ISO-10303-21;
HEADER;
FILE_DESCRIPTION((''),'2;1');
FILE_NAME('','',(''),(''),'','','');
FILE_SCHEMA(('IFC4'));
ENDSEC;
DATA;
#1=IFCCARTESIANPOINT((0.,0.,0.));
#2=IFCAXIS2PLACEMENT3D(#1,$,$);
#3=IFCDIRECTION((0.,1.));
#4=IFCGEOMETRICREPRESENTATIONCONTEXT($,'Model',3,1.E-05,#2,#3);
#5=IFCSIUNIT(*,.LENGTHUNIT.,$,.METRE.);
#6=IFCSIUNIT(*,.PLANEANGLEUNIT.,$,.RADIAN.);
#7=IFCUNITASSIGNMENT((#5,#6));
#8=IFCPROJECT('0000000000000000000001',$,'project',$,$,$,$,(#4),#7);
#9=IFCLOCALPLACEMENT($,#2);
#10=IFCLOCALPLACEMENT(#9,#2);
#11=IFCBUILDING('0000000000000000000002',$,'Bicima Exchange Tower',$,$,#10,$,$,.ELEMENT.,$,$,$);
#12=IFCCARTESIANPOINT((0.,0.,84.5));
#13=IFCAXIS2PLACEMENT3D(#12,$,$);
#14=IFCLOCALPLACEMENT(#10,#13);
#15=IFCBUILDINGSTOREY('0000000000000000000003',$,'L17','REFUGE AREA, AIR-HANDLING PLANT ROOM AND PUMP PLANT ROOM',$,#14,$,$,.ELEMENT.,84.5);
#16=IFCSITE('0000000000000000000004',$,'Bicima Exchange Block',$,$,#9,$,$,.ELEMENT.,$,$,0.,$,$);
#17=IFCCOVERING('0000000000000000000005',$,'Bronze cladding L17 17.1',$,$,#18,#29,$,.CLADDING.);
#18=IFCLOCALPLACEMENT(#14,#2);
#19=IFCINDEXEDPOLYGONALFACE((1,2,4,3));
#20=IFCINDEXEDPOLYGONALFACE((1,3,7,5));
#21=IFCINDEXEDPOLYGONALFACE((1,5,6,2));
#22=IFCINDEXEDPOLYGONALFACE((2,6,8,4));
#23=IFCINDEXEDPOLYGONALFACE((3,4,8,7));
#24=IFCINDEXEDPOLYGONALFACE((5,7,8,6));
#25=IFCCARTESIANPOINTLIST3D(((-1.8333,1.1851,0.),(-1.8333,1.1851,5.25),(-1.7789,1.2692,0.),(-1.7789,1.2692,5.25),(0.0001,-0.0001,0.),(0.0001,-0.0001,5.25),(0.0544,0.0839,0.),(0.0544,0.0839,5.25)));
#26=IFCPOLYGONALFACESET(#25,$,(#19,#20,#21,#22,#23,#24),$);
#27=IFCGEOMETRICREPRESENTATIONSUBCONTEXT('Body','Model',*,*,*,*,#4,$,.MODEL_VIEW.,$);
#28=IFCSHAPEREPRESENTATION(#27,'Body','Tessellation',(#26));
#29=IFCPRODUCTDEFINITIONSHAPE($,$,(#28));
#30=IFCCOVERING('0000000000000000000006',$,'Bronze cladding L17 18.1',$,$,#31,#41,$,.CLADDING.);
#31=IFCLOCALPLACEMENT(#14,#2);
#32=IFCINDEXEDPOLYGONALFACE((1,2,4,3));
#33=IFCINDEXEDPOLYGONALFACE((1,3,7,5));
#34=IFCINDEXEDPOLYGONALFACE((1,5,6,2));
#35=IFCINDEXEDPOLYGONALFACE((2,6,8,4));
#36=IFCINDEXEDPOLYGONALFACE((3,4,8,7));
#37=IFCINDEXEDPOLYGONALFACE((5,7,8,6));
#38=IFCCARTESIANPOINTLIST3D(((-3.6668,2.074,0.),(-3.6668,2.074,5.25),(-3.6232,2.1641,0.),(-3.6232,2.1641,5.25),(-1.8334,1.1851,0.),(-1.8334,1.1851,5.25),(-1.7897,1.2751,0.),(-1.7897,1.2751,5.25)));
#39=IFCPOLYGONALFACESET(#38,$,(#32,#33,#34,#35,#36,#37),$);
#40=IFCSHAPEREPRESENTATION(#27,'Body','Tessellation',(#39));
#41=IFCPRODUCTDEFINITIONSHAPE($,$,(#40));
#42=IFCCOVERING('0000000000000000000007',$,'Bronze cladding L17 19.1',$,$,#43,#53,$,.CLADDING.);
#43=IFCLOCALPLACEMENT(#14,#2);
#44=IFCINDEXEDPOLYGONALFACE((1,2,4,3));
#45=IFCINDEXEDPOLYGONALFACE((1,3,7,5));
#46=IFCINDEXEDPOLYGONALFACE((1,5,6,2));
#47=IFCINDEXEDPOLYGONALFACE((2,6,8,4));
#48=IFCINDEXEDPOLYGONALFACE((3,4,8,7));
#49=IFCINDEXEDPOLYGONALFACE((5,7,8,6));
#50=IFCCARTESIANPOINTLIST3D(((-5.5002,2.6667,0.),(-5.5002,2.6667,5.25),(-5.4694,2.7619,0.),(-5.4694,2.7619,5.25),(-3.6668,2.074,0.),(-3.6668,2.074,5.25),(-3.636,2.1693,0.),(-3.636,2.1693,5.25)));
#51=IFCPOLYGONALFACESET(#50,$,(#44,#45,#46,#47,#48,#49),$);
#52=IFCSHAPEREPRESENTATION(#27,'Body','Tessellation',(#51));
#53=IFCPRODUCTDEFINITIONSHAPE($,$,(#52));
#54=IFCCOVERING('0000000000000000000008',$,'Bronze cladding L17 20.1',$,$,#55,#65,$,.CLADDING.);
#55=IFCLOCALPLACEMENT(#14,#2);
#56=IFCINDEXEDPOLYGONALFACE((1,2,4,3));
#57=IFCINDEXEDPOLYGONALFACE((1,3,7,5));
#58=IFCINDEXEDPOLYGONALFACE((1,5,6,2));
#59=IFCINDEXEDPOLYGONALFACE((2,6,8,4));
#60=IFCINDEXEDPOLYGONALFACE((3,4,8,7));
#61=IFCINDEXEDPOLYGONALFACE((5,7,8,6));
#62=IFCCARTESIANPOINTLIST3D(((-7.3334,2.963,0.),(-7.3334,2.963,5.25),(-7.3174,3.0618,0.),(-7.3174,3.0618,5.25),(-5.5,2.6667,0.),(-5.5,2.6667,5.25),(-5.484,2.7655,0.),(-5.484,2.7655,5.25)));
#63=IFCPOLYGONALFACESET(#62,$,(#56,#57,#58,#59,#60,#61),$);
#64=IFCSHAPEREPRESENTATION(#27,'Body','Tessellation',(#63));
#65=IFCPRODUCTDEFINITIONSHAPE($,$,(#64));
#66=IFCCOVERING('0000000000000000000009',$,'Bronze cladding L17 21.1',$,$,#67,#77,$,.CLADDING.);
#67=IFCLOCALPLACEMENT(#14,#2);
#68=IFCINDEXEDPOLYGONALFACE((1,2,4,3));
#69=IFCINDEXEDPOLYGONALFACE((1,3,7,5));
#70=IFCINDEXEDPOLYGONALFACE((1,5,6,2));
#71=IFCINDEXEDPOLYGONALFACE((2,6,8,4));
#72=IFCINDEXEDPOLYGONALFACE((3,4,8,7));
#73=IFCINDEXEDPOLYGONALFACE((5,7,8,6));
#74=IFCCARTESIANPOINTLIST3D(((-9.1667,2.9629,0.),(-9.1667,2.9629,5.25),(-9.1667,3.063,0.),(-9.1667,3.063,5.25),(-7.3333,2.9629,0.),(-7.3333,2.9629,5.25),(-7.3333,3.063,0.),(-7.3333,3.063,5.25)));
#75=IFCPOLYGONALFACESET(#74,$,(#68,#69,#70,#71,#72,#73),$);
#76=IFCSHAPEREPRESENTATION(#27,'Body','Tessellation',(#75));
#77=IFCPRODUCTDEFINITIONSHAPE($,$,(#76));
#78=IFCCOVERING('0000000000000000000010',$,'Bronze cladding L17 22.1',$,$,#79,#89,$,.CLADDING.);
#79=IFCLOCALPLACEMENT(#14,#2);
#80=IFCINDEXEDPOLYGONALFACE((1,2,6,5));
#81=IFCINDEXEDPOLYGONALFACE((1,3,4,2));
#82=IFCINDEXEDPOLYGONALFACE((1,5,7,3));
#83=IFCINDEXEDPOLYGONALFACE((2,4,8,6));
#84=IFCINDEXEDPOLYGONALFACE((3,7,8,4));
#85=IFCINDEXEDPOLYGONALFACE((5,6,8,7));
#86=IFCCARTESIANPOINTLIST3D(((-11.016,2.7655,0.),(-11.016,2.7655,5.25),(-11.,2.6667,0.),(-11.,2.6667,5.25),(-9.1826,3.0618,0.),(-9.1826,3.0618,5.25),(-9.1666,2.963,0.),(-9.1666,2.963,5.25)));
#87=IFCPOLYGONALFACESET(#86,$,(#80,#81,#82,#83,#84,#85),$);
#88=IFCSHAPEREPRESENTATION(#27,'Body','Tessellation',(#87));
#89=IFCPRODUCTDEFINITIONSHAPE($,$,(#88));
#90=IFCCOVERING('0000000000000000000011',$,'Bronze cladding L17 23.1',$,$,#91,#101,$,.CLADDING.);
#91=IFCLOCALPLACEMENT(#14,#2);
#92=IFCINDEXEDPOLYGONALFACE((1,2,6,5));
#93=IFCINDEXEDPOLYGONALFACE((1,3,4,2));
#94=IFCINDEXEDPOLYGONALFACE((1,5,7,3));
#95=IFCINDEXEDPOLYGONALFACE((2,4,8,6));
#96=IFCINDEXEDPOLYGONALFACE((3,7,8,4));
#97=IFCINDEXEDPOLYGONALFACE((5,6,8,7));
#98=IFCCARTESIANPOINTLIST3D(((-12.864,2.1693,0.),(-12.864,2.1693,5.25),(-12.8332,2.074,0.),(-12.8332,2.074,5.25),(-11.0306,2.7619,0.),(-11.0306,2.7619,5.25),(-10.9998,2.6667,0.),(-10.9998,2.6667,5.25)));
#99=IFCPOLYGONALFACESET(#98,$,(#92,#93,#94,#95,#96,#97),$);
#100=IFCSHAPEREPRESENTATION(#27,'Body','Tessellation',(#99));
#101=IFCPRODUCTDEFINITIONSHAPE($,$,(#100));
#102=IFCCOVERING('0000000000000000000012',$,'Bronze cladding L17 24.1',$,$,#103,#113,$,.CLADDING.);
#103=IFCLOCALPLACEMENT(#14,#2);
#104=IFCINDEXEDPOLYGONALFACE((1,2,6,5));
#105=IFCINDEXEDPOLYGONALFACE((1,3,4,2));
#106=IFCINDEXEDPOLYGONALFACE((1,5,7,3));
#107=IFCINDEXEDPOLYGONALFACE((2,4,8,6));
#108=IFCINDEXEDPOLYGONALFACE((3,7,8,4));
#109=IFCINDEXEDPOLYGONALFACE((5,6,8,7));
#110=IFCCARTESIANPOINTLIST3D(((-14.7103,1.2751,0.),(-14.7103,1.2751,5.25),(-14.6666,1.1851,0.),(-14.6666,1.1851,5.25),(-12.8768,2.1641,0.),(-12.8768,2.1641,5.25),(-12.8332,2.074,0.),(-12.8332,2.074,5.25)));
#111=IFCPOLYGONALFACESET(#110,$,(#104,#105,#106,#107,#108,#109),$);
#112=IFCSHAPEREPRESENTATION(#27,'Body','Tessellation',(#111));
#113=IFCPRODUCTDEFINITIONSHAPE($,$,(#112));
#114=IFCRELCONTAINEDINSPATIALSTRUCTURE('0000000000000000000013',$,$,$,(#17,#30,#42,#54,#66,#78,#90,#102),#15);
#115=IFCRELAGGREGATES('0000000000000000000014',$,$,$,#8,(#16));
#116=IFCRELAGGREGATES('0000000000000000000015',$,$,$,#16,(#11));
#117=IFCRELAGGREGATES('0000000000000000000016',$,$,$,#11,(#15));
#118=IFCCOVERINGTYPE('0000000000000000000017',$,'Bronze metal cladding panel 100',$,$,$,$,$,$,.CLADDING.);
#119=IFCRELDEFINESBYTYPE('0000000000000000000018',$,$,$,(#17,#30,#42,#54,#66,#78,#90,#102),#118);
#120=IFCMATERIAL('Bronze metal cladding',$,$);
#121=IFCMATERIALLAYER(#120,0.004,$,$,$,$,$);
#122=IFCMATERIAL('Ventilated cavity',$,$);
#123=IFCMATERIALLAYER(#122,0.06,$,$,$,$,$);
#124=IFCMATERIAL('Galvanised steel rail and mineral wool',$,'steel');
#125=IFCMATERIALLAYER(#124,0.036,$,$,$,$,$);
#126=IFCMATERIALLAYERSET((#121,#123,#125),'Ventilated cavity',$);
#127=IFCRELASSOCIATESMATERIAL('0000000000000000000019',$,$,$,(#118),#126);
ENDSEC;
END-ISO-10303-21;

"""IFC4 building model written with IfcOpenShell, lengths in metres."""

from ifc_helpers import new_model, si_unit, direction, frame, origin, origin_2d, place, context, subcontext, project, spatial, rectangle, extrude, material, layer, layer_set, type_object, element, save


model = new_model("IFC4")

# Units and contexts
model_context = context("Model", 3, precision=1e-05, world=origin(), true_north=direction((0.0, 1.0)))
body_context = subcontext(model_context, "Body", "Model", "MODEL_VIEW")
ifc_project = project(units=[si_unit("LENGTHUNIT", "METRE"), si_unit("PLANEANGLEUNIT", "RADIAN")], contexts=[model_context])

# Site, building, storey
site_placement = place(None, origin())
site = spatial("IfcSite", under=ifc_project, at=site_placement, Name="Bicima Exchange Block", CompositionType="ELEMENT", RefElevation=0.0)
building_placement = place(site_placement, origin())
building = spatial("IfcBuilding", under=site, at=building_placement, Name="Bicima Exchange Tower", CompositionType="ELEMENT")
storey_placement = place(building_placement, frame((0.0, 0.0, 84.5)))
storey = spatial("IfcBuildingStorey", under=building, at=storey_placement, Name="L17", Description="REFUGE AREA, AIR-HANDLING PLANT ROOM AND PUMP PLANT ROOM", CompositionType="ELEMENT", Elevation=84.5)

# Coverings
ifc_material_1 = material(Name="Bronze metal cladding")
ifc_layer_1 = layer(ifc_material_1, 0.004)
ifc_material_2 = material(Name="Ventilated cavity")
ifc_layer_2 = layer(ifc_material_2, 0.06)
ifc_material_3 = material(Name="Galvanised steel rail and mineral wool", Category="steel")
ifc_layer_3 = layer(ifc_material_3, 0.036)
ifc_layer_set_1 = layer_set([ifc_layer_1, ifc_layer_2, ifc_layer_3], Name="Ventilated cavity")
covering_type = type_object("IfcCoveringType", Name="Bronze metal cladding panel 100", PredefinedType="CLADDING", material=ifc_layer_set_1)
covering_1_placement = place(storey_placement, frame((-0.8894, 0.6345, 0.0), z_axis=(0.0, 0.0, 1.0), x_axis=(-0.83979, 0.542911, 0.0)))
element("IfcCovering", 1, at=covering_1_placement, inside=storey, type_object=covering_type, Name="Bronze cladding L17 17.1", PredefinedType="CLADDING", context=body_context, shape_type="SweptSolid", body=[
    extrude(rectangle(XDim=2.1831, YDim=0.1001, at=origin_2d()), origin(), (0.0, 0.0, 1.0), 5.25),
])
covering_2_placement = place(storey_placement, frame((-2.7283, 1.6746, 0.0), z_axis=(0.0, 0.0, 1.0), x_axis=(-0.899818, 0.436265, 0.0)))
element("IfcCovering", 2, at=covering_2_placement, inside=storey, type_object=covering_type, Name="Bronze cladding L17 18.1", PredefinedType="CLADDING", context=body_context, shape_type="SweptSolid", body=[
    extrude(rectangle(XDim=2.0376, YDim=0.1001, at=origin_2d()), origin(), (0.0, 0.0, 1.0), 5.25),
])
covering_3_placement = place(storey_placement, frame((-4.5681, 2.418, 0.0), z_axis=(0.0, 0.0, 1.0), x_axis=(-0.951525, 0.307573, 0.0)))
element("IfcCovering", 3, at=covering_3_placement, inside=storey, type_object=covering_type, Name="Bronze cladding L17 19.1", PredefinedType="CLADDING", context=body_context, shape_type="SweptSolid", body=[
    extrude(rectangle(XDim=1.9268, YDim=0.1001, at=origin_2d()), origin(), (0.0, 0.0, 1.0), 5.25),
])
covering_4_placement = place(storey_placement, frame((-6.4087, 2.8643, 0.0), z_axis=(0.0, 0.0, 1.0), x_axis=(-0.98719, 0.15955, 0.0)))
element("IfcCovering", 4, at=covering_4_placement, inside=storey, type_object=covering_type, Name="Bronze cladding L17 20.1", PredefinedType="CLADDING", context=body_context, shape_type="SweptSolid", body=[
    extrude(rectangle(XDim=1.8572, YDim=0.1001, at=origin_2d()), origin(), (0.0, 0.0, 1.0), 5.25),
])
covering_5_placement = place(storey_placement, frame((-8.25, 3.0129, 0.0), z_axis=(0.0, 0.0, 1.0), x_axis=(-1.0, 0.0, 0.0)))
element("IfcCovering", 5, at=covering_5_placement, inside=storey, type_object=covering_type, Name="Bronze cladding L17 21.1", PredefinedType="CLADDING", context=body_context, shape_type="SweptSolid", body=[
    extrude(rectangle(XDim=1.8335, YDim=0.1001, at=origin_2d()), origin(), (0.0, 0.0, 1.0), 5.25),
])
covering_6_placement = place(storey_placement, frame((-10.0913, 2.8643, 0.0), z_axis=(0.0, 0.0, 1.0), x_axis=(-0.98719, -0.15955, 0.0)))
element("IfcCovering", 6, at=covering_6_placement, inside=storey, type_object=covering_type, Name="Bronze cladding L17 22.1", PredefinedType="CLADDING", context=body_context, shape_type="SweptSolid", body=[
    extrude(rectangle(XDim=1.8572, YDim=0.1001, at=origin_2d()), origin(), (0.0, 0.0, 1.0), 5.25),
])
covering_7_placement = place(storey_placement, frame((-11.9319, 2.418, 0.0), z_axis=(0.0, 0.0, 1.0), x_axis=(-0.951525, -0.307573, 0.0)))
element("IfcCovering", 7, at=covering_7_placement, inside=storey, type_object=covering_type, Name="Bronze cladding L17 23.1", PredefinedType="CLADDING", context=body_context, shape_type="SweptSolid", body=[
    extrude(rectangle(XDim=1.9268, YDim=0.1001, at=origin_2d()), origin(), (0.0, 0.0, 1.0), 5.25),
])
covering_8_placement = place(storey_placement, frame((-13.7717, 1.6746, 0.0), z_axis=(0.0, 0.0, 1.0), x_axis=(-0.899818, -0.436265, 0.0)))
element("IfcCovering", 8, at=covering_8_placement, inside=storey, type_object=covering_type, Name="Bronze cladding L17 24.1", PredefinedType="CLADDING", context=body_context, shape_type="SweptSolid", body=[
    extrude(rectangle(XDim=2.0376, YDim=0.1001, at=origin_2d()), origin(), (0.0, 0.0, 1.0), 5.25),
])

save(model, "model.ifc")
